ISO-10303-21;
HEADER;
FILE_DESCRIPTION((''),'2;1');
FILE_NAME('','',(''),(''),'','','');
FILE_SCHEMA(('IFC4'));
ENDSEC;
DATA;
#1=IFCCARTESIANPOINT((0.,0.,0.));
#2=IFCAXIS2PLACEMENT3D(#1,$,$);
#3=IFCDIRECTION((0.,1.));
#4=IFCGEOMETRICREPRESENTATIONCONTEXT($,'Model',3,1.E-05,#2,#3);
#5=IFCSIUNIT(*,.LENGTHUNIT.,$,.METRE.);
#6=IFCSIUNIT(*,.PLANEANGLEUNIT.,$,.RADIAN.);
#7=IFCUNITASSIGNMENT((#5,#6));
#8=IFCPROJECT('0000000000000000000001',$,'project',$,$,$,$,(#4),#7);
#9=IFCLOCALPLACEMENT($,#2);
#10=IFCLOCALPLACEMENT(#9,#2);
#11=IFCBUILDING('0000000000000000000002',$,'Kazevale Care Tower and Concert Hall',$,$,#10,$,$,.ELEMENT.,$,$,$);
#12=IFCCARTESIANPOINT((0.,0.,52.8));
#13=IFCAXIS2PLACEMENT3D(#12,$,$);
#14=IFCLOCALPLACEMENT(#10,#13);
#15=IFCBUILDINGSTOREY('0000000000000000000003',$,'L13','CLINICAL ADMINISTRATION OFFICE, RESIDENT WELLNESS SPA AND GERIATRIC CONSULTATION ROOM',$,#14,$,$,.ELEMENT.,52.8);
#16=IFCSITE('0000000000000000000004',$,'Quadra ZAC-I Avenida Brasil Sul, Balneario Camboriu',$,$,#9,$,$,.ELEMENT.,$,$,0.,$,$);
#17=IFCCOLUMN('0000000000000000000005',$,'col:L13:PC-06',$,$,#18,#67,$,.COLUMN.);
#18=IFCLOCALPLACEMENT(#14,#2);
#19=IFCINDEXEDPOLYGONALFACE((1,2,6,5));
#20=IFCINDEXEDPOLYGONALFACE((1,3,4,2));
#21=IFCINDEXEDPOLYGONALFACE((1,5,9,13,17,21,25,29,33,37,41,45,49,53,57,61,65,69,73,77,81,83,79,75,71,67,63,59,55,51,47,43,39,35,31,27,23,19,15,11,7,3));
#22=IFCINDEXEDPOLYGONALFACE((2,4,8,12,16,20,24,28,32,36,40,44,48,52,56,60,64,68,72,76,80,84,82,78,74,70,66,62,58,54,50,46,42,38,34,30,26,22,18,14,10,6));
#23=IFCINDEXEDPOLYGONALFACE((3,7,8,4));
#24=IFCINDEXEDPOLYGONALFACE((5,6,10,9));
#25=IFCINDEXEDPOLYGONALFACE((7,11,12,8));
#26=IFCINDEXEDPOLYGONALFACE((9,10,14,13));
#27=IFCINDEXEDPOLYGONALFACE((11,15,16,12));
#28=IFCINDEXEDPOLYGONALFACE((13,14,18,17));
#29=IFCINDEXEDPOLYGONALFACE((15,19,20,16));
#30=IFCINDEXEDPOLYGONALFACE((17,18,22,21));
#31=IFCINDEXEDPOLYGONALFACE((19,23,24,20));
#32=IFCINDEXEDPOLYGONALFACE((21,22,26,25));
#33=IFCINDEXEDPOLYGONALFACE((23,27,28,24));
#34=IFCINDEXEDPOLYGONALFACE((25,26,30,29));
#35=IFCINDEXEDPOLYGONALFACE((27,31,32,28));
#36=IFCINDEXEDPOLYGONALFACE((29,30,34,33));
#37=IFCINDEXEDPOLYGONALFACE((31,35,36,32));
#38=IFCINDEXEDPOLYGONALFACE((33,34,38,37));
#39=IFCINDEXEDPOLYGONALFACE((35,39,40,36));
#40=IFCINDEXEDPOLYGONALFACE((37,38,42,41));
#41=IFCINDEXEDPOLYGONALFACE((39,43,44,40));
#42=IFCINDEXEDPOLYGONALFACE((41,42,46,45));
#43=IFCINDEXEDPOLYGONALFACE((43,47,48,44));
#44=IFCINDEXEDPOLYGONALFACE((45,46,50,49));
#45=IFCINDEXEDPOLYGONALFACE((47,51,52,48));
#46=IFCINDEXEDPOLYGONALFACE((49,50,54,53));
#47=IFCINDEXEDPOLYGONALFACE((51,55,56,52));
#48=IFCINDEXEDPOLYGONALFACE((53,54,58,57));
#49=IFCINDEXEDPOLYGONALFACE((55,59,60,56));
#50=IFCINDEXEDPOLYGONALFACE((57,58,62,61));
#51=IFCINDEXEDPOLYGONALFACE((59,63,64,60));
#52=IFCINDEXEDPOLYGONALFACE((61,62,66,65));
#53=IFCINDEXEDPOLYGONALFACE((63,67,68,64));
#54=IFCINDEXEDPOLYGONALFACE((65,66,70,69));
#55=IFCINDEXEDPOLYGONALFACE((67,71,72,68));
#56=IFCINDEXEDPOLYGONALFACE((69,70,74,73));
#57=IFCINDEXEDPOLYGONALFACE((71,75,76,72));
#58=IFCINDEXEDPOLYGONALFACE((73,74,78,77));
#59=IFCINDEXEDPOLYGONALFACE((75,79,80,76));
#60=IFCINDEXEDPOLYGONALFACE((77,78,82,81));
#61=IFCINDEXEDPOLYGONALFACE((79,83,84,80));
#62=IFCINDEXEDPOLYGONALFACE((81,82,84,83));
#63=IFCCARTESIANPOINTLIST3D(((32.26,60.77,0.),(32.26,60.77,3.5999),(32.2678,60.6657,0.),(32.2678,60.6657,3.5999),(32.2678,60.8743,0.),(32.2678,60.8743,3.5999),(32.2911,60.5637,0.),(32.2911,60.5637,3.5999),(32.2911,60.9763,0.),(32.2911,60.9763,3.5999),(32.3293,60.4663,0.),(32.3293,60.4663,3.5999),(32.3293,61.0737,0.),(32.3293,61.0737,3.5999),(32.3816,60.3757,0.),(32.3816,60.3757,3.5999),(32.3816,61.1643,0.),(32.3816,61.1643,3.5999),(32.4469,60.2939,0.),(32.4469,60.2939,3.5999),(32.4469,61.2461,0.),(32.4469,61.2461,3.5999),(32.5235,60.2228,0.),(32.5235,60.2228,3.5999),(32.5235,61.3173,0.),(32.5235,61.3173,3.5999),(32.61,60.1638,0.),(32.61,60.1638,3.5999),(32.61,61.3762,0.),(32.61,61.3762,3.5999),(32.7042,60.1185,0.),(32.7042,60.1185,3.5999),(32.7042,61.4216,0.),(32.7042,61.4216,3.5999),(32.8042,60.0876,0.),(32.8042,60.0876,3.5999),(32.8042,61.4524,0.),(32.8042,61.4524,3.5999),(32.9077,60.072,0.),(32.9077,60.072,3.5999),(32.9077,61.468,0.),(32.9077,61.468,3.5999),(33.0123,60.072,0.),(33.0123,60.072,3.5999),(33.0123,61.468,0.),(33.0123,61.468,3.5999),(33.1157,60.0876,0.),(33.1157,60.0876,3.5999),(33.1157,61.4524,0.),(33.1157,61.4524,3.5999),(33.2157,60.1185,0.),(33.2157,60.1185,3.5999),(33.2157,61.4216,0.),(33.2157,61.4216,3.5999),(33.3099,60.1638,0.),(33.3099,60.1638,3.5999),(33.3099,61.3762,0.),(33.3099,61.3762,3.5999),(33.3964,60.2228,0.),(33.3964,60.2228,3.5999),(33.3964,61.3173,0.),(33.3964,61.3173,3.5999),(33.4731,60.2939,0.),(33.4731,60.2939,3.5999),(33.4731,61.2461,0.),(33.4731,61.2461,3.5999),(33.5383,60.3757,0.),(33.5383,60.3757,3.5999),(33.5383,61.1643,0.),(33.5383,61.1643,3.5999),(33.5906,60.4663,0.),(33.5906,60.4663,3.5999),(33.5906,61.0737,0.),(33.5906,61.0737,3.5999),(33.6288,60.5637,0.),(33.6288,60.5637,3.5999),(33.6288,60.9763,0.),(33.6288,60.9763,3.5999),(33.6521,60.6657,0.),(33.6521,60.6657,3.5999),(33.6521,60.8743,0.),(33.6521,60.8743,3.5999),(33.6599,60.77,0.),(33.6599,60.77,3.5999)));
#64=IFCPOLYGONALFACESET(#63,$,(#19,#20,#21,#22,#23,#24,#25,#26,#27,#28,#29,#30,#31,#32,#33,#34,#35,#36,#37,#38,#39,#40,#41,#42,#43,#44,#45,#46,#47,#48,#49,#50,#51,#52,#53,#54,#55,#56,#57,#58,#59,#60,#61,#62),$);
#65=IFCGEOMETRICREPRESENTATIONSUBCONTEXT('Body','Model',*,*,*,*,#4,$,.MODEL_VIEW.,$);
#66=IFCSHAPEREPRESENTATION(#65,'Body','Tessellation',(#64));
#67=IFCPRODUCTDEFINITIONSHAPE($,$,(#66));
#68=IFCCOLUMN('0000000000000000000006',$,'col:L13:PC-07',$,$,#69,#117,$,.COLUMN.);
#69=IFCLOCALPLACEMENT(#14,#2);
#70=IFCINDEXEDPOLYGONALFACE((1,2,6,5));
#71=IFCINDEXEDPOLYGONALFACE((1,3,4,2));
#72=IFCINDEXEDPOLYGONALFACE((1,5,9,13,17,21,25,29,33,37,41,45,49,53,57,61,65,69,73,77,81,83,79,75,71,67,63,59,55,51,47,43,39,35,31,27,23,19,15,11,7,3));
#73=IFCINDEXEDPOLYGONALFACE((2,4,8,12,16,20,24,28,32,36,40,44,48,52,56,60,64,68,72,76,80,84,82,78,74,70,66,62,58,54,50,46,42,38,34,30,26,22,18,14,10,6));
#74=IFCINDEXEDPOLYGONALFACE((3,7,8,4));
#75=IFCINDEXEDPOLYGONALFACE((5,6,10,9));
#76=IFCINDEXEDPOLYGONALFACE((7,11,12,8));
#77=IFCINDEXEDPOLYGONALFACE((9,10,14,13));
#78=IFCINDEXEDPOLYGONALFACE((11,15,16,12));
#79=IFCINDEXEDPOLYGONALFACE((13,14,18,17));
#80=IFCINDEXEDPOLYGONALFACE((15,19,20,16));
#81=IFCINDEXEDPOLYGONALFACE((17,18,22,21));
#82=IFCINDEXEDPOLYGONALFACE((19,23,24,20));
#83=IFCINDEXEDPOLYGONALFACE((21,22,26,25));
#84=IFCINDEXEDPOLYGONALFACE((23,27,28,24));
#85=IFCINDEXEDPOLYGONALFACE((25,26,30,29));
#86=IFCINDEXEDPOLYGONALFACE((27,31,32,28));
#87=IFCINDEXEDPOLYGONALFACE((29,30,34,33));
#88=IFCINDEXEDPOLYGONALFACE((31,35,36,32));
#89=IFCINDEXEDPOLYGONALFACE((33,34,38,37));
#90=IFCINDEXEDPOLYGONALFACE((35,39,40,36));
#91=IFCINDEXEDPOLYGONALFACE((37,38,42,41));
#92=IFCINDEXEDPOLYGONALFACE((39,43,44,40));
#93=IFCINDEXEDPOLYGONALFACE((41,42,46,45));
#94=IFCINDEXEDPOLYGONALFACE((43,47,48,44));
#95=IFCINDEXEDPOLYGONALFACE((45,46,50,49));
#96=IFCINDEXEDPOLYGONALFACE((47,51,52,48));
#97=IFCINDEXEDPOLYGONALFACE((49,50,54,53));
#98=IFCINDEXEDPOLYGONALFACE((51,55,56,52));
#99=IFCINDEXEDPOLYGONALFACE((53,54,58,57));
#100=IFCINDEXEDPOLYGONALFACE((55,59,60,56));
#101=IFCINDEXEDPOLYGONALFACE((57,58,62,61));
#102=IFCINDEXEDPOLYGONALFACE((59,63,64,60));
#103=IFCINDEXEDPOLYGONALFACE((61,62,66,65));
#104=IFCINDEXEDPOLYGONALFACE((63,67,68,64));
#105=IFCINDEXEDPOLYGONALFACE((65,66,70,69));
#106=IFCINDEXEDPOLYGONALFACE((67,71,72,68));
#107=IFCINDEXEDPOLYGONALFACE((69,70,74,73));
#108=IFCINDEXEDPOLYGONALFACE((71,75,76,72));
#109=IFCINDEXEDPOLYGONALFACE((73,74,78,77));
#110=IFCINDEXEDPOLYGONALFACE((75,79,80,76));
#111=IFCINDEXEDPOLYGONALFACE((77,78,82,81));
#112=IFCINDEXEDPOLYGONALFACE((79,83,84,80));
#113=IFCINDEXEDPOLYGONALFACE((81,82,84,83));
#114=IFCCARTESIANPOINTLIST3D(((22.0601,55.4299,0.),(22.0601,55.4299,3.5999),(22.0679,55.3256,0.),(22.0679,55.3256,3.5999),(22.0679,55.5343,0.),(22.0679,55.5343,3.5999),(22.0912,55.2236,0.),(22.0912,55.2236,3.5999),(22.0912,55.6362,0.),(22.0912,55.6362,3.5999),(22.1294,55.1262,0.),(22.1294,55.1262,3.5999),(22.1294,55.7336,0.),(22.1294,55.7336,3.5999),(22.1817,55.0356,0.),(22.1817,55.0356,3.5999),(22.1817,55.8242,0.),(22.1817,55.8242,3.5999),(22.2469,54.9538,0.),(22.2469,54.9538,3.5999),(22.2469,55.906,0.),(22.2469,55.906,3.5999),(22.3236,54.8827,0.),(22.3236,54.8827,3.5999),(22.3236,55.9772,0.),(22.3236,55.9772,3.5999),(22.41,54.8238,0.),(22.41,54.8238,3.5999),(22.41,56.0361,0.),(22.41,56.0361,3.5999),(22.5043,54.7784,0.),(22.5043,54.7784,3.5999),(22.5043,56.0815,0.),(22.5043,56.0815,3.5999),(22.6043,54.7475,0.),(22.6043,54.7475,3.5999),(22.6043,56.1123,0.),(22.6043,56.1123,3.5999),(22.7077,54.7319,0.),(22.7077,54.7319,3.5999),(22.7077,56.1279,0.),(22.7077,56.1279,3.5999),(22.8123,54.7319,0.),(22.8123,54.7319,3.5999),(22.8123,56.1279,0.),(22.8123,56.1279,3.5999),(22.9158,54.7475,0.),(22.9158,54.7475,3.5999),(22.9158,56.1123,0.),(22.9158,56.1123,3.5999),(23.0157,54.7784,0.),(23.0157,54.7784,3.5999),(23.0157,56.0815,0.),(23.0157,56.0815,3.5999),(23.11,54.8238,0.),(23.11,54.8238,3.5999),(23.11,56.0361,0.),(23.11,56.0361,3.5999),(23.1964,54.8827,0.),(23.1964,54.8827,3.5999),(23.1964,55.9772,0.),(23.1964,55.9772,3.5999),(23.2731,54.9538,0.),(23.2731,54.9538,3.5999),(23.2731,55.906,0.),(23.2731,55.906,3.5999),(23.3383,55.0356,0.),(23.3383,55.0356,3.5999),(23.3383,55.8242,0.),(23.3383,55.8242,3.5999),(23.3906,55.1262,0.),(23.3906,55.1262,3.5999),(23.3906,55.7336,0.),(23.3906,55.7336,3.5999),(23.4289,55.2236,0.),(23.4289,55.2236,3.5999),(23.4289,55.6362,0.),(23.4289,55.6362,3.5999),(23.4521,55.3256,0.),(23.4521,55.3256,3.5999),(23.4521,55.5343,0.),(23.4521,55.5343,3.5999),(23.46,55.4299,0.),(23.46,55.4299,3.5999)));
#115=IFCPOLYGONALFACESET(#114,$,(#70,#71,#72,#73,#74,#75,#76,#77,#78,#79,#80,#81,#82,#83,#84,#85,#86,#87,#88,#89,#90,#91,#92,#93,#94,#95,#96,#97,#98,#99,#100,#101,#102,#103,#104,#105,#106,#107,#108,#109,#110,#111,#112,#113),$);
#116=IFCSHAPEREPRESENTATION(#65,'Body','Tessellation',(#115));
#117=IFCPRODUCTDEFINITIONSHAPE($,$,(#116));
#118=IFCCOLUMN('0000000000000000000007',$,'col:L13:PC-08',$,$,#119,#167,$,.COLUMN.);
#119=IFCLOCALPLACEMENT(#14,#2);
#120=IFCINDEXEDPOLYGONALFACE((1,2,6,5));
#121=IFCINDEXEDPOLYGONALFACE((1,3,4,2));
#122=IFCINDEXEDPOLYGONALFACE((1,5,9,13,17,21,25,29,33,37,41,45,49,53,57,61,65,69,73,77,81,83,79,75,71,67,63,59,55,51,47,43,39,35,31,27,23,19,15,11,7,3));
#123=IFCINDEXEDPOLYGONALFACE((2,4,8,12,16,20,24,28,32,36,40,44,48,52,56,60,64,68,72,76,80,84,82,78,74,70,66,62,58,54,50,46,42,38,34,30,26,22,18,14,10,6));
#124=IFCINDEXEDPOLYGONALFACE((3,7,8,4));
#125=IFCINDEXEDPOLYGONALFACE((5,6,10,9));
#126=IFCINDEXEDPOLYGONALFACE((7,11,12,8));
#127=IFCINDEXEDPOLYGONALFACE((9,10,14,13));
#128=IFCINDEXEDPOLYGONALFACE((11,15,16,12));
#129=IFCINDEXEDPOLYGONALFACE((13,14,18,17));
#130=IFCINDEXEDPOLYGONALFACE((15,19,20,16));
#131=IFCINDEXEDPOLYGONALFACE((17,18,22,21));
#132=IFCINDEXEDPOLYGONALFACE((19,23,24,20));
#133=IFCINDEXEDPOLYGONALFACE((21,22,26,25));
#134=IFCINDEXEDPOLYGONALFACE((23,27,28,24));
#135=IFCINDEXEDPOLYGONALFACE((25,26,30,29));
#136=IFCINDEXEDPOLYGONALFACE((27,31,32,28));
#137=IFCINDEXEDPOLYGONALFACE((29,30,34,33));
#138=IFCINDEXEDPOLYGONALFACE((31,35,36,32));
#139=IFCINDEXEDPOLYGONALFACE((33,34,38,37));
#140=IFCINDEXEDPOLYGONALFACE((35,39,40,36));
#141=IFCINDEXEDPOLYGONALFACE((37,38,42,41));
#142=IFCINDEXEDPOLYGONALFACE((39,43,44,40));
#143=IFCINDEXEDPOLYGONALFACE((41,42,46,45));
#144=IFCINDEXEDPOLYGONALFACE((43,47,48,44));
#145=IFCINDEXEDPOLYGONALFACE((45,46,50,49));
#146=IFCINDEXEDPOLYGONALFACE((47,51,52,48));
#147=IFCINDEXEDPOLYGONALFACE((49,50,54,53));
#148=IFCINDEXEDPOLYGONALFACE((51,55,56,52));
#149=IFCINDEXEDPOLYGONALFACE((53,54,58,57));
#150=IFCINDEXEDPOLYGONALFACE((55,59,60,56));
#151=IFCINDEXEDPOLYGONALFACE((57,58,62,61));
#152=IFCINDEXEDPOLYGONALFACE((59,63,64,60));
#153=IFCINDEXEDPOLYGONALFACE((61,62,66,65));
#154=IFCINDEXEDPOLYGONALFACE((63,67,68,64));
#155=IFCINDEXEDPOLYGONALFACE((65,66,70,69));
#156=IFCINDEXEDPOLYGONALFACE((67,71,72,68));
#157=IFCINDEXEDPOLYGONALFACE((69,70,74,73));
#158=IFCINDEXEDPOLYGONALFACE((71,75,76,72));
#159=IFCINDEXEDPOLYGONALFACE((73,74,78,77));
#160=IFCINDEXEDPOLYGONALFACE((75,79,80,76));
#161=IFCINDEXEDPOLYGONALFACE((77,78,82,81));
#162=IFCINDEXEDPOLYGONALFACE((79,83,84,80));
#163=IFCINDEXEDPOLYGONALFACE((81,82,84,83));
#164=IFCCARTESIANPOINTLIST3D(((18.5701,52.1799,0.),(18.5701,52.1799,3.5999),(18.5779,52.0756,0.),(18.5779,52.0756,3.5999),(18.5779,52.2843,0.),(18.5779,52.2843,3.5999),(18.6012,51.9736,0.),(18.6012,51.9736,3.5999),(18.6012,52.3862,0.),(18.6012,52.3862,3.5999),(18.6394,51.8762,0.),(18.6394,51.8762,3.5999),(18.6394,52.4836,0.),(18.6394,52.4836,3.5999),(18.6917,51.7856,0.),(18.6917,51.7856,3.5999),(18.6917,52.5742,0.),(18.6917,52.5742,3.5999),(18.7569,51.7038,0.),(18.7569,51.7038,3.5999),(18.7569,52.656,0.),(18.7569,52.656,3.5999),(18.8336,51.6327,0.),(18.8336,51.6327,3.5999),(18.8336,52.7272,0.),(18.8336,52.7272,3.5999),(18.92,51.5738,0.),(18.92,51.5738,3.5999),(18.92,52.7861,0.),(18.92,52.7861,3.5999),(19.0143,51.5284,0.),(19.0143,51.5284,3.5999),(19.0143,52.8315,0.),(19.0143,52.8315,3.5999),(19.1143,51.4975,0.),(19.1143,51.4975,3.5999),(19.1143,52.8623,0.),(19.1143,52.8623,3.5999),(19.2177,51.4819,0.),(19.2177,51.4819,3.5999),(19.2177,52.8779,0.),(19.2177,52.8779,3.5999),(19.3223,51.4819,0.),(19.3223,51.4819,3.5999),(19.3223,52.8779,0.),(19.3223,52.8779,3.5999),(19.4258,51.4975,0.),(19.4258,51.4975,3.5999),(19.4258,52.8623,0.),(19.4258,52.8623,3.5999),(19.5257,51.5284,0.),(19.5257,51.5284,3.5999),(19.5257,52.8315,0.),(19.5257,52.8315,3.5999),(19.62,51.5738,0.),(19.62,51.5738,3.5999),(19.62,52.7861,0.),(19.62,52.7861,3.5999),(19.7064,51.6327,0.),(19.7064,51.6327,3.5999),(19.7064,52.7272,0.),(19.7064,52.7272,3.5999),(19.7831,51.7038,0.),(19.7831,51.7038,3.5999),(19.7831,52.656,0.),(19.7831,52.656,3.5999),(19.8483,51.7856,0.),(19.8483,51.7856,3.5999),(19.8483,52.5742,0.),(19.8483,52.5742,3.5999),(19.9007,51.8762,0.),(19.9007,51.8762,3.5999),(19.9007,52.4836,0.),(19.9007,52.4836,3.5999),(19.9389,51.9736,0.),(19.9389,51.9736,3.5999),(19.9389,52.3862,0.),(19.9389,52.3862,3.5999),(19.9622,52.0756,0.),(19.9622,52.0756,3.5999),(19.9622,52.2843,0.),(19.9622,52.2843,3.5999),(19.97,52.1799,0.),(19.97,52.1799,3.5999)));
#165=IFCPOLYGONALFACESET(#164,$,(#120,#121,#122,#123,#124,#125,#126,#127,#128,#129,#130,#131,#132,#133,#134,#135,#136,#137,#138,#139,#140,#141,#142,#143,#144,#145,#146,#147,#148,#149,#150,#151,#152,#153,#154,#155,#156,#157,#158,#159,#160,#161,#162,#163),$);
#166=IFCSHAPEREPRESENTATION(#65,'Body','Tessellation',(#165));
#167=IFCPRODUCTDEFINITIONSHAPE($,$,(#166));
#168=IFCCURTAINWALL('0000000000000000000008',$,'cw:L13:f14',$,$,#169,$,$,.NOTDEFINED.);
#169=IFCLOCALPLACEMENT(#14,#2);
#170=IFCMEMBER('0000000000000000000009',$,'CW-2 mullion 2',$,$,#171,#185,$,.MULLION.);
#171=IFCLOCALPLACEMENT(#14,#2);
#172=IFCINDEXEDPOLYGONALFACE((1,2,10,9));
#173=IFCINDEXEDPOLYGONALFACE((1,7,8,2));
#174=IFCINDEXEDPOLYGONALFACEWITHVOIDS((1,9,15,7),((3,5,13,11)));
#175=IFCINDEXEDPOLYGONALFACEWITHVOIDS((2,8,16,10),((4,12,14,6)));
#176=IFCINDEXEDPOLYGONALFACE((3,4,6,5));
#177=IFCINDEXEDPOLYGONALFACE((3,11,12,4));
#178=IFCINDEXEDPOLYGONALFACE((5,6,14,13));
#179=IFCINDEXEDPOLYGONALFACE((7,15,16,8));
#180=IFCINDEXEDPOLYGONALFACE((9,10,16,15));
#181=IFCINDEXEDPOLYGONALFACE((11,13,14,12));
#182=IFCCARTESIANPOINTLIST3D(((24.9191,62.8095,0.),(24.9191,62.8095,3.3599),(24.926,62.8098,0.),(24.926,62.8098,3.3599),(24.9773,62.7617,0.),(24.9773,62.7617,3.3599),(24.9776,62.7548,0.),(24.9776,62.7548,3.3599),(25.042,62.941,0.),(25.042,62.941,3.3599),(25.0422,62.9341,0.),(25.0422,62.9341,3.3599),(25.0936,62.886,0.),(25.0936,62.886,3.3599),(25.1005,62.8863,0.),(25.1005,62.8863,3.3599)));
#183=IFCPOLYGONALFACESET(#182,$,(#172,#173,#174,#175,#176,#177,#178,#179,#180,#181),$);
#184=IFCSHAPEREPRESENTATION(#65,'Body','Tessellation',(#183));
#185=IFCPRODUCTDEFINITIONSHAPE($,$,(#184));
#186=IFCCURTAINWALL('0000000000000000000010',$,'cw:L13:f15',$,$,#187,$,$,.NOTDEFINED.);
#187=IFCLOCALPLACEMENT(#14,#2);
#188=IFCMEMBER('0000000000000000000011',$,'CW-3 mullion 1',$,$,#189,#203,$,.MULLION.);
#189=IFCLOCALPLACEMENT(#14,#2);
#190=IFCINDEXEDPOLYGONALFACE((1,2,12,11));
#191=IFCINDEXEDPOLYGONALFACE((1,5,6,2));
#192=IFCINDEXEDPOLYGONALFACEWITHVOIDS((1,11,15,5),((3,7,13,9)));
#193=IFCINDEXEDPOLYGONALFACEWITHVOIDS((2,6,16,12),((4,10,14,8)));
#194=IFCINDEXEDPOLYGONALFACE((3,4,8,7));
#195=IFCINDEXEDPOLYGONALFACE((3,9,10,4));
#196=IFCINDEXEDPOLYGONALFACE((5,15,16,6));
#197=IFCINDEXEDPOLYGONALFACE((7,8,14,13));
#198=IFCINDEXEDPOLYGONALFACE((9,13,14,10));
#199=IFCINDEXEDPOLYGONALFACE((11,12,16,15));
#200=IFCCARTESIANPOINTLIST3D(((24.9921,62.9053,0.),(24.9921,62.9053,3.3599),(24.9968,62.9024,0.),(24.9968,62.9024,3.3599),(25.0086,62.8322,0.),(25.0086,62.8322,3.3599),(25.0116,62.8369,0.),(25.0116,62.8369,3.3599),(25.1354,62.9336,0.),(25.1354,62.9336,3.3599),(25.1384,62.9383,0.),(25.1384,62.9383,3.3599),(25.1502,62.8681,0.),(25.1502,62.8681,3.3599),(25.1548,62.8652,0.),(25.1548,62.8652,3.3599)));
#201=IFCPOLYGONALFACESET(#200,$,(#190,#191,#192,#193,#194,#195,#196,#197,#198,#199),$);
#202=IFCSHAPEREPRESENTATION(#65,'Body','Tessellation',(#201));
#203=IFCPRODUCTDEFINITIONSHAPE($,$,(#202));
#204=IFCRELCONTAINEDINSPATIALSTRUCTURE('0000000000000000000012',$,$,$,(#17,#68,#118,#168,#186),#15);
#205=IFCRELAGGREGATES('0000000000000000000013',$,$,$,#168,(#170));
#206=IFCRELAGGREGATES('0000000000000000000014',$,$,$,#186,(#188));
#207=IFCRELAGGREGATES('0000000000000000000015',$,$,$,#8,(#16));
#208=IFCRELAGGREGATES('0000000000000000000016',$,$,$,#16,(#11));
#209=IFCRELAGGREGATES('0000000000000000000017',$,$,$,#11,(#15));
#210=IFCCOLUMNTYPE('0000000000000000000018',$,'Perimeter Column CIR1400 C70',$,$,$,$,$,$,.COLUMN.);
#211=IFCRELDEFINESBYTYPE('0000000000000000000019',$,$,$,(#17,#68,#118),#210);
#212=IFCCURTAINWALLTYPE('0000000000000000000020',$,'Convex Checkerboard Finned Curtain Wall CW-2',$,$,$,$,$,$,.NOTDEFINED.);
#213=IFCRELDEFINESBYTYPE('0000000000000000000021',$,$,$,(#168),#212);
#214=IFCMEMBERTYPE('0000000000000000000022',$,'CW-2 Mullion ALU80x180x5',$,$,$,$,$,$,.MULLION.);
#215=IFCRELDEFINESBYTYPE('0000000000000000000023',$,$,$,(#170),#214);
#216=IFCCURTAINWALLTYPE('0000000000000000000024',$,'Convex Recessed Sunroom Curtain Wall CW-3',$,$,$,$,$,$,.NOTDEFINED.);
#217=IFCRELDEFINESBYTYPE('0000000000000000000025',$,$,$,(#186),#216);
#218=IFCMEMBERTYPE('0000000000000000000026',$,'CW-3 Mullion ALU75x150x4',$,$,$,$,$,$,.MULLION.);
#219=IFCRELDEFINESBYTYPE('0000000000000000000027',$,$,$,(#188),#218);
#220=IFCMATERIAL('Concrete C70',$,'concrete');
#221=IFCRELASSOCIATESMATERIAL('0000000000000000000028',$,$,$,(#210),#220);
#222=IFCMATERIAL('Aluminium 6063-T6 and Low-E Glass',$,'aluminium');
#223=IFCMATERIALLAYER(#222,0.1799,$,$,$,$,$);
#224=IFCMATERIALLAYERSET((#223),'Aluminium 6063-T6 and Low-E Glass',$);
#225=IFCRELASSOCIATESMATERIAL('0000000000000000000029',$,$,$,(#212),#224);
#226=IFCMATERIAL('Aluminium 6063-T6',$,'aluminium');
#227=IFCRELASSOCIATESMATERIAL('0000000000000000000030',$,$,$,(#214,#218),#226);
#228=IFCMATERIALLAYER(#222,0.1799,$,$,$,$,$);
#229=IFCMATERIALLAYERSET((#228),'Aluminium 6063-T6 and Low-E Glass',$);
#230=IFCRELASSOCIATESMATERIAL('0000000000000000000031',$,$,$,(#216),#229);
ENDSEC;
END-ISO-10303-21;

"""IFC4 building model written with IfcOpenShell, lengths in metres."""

from ifc_helpers import new_model, si_unit, direction, frame, origin, origin_2d, place, context, subcontext, project, spatial, hollow_rectangle, circle, extrude, material, layer, layer_set, material_profile, profile_set, type_object, element, aggregate, save


model = new_model("IFC4")

# Units and contexts
model_context = context("Model", 3, precision=1e-05, world=origin(), true_north=direction((0.0, 1.0)))
body_context = subcontext(model_context, "Body", "Model", "MODEL_VIEW")
ifc_project = project(units=[si_unit("LENGTHUNIT", "METRE"), si_unit("PLANEANGLEUNIT", "RADIAN")], contexts=[model_context])

# Site, building, storey
site_placement = place(None, origin())
site = spatial("IfcSite", under=ifc_project, at=site_placement, Name="Quadra ZAC-I Avenida Brasil Sul, Balneario Camboriu", CompositionType="ELEMENT", RefElevation=0.0)
building_placement = place(site_placement, origin())
building = spatial("IfcBuilding", under=site, at=building_placement, Name="Kazevale Care Tower and Concert Hall", CompositionType="ELEMENT")
storey_placement = place(building_placement, frame((0.0, 0.0, 52.8)))
storey = spatial("IfcBuildingStorey", under=building, at=storey_placement, Name="L13", Description="CLINICAL ADMINISTRATION OFFICE, RESIDENT WELLNESS SPA AND GERIATRIC CONSULTATION ROOM", CompositionType="ELEMENT", Elevation=52.8)

# Columns
ifc_material_1 = material(Name="Concrete C70", Category="concrete")
ifc_material_profile_1 = material_profile(ifc_material_1, circle(Radius=0.7, at=origin_2d()), Name="RC-CIR1400")
ifc_profile_set_1 = profile_set([ifc_material_profile_1], Name="Concrete C70")
column_type = type_object("IfcColumnType", Name="Perimeter Column CIR1400 C70", PredefinedType="COLUMN", material=ifc_profile_set_1)
for number, where, z_axis, x_axis, name in (
    (1, (32.96, 60.77, 0.0), (0.0, 0.0, 1.0), (1.0, 0.0, 0.0), "col:L13:PC-06"),
    (2, (22.76, 55.4299, 0.0), (0.0, 0.0, 1.0), (1.0, 0.0, 0.0), "col:L13:PC-07"),
    (3, (19.27, 52.1799, 0.0), (0.0, 0.0, 1.0), (1.0, 0.0, 0.0), "col:L13:PC-08"),
):
    element("IfcColumn", number, at=place(storey_placement, frame(where, z_axis=z_axis, x_axis=x_axis)), inside=storey, type_object=column_type, Name=name, PredefinedType="COLUMN", context=body_context, shape_type="SweptSolid", body=[
        extrude(circle(Radius=0.7, at=origin_2d()), origin(), (0.0, 0.0, 1.0), 3.5999),
    ])

# Curtain wall, member
ifc_material_2 = material(Name="Aluminium 6063-T6 and Low-E Glass", Category="aluminium")
ifc_layer_1 = layer(ifc_material_2, 0.1799)
ifc_layer_set_1 = layer_set([ifc_layer_1], Name="Aluminium 6063-T6 and Low-E Glass")
curtain_wall_type_1 = type_object("IfcCurtainWallType", Name="Convex Checkerboard Finned Curtain Wall CW-2", PredefinedType="NOTDEFINED", material=ifc_layer_set_1)
curtain_wall_1_placement = place(storey_placement, origin())
curtain_wall_1 = element("IfcCurtainWall", 4, at=curtain_wall_1_placement, inside=storey, type_object=curtain_wall_type_1, Name="cw:L13:f14", PredefinedType="NOTDEFINED")
ifc_material_3 = material(Name="Aluminium 6063-T6", Category="aluminium")
ifc_material_profile_2 = material_profile(ifc_material_3, hollow_rectangle(XDim=0.0801, YDim=0.1799, WallThickness=0.0049, at=origin_2d()), Name="ALU80x180x5")
ifc_profile_set_2 = profile_set([ifc_material_profile_2], Name="Aluminium 6063-T6")
member_type_1 = type_object("IfcMemberType", Name="CW-2 Mullion ALU80x180x5", PredefinedType="MULLION", material=ifc_profile_set_2)
member_1_placement = place(storey_placement, frame((25.0098, 62.8479, 0.0), z_axis=(0.0, 0.0, 1.0), x_axis=(-0.730363, 0.683059, 0.0)))
member_1 = element("IfcMember", 5, at=member_1_placement, type_object=member_type_1, Name="CW-2 mullion 2", PredefinedType="MULLION", context=body_context, shape_type="SweptSolid", body=[
    extrude(hollow_rectangle(XDim=0.0801, YDim=0.1799, WallThickness=0.0049, at=origin_2d()), origin(), (0.0, 0.0, 1.0), 3.3599),
])

# Curtain wall, member
ifc_layer_2 = layer(ifc_material_2, 0.1799)
ifc_layer_set_2 = layer_set([ifc_layer_2], Name="Aluminium 6063-T6 and Low-E Glass")
curtain_wall_type_2 = type_object("IfcCurtainWallType", Name="Convex Recessed Sunroom Curtain Wall CW-3", PredefinedType="NOTDEFINED", material=ifc_layer_set_2)
curtain_wall_2_placement = place(storey_placement, origin())
curtain_wall_2 = element("IfcCurtainWall", 6, at=curtain_wall_2_placement, inside=storey, type_object=curtain_wall_type_2, Name="cw:L13:f15", PredefinedType="NOTDEFINED")
ifc_material_profile_3 = material_profile(ifc_material_3, hollow_rectangle(XDim=0.075, YDim=0.1499, WallThickness=0.0039, at=origin_2d()), Name="ALU75x150x4")
ifc_profile_set_3 = profile_set([ifc_material_profile_3], Name="Aluminium 6063-T6")
member_type_2 = type_object("IfcMemberType", Name="CW-3 Mullion ALU75x150x4", PredefinedType="MULLION", material=ifc_profile_set_3)
member_2_placement = place(storey_placement, frame((25.0735, 62.8853, 0.0), z_axis=(0.0, 0.0, 1.0), x_axis=(-0.219911, 0.97552, 0.0)))
member_2 = element("IfcMember", 7, at=member_2_placement, type_object=member_type_2, Name="CW-3 mullion 1", PredefinedType="MULLION", context=body_context, shape_type="SweptSolid", body=[
    extrude(hollow_rectangle(XDim=0.075, YDim=0.1499, WallThickness=0.0039, at=origin_2d()), origin(), (0.0, 0.0, 1.0), 3.3599),
])

aggregate(curtain_wall_1, [member_1])
aggregate(curtain_wall_2, [member_2])

save(model, "model.ifc")
